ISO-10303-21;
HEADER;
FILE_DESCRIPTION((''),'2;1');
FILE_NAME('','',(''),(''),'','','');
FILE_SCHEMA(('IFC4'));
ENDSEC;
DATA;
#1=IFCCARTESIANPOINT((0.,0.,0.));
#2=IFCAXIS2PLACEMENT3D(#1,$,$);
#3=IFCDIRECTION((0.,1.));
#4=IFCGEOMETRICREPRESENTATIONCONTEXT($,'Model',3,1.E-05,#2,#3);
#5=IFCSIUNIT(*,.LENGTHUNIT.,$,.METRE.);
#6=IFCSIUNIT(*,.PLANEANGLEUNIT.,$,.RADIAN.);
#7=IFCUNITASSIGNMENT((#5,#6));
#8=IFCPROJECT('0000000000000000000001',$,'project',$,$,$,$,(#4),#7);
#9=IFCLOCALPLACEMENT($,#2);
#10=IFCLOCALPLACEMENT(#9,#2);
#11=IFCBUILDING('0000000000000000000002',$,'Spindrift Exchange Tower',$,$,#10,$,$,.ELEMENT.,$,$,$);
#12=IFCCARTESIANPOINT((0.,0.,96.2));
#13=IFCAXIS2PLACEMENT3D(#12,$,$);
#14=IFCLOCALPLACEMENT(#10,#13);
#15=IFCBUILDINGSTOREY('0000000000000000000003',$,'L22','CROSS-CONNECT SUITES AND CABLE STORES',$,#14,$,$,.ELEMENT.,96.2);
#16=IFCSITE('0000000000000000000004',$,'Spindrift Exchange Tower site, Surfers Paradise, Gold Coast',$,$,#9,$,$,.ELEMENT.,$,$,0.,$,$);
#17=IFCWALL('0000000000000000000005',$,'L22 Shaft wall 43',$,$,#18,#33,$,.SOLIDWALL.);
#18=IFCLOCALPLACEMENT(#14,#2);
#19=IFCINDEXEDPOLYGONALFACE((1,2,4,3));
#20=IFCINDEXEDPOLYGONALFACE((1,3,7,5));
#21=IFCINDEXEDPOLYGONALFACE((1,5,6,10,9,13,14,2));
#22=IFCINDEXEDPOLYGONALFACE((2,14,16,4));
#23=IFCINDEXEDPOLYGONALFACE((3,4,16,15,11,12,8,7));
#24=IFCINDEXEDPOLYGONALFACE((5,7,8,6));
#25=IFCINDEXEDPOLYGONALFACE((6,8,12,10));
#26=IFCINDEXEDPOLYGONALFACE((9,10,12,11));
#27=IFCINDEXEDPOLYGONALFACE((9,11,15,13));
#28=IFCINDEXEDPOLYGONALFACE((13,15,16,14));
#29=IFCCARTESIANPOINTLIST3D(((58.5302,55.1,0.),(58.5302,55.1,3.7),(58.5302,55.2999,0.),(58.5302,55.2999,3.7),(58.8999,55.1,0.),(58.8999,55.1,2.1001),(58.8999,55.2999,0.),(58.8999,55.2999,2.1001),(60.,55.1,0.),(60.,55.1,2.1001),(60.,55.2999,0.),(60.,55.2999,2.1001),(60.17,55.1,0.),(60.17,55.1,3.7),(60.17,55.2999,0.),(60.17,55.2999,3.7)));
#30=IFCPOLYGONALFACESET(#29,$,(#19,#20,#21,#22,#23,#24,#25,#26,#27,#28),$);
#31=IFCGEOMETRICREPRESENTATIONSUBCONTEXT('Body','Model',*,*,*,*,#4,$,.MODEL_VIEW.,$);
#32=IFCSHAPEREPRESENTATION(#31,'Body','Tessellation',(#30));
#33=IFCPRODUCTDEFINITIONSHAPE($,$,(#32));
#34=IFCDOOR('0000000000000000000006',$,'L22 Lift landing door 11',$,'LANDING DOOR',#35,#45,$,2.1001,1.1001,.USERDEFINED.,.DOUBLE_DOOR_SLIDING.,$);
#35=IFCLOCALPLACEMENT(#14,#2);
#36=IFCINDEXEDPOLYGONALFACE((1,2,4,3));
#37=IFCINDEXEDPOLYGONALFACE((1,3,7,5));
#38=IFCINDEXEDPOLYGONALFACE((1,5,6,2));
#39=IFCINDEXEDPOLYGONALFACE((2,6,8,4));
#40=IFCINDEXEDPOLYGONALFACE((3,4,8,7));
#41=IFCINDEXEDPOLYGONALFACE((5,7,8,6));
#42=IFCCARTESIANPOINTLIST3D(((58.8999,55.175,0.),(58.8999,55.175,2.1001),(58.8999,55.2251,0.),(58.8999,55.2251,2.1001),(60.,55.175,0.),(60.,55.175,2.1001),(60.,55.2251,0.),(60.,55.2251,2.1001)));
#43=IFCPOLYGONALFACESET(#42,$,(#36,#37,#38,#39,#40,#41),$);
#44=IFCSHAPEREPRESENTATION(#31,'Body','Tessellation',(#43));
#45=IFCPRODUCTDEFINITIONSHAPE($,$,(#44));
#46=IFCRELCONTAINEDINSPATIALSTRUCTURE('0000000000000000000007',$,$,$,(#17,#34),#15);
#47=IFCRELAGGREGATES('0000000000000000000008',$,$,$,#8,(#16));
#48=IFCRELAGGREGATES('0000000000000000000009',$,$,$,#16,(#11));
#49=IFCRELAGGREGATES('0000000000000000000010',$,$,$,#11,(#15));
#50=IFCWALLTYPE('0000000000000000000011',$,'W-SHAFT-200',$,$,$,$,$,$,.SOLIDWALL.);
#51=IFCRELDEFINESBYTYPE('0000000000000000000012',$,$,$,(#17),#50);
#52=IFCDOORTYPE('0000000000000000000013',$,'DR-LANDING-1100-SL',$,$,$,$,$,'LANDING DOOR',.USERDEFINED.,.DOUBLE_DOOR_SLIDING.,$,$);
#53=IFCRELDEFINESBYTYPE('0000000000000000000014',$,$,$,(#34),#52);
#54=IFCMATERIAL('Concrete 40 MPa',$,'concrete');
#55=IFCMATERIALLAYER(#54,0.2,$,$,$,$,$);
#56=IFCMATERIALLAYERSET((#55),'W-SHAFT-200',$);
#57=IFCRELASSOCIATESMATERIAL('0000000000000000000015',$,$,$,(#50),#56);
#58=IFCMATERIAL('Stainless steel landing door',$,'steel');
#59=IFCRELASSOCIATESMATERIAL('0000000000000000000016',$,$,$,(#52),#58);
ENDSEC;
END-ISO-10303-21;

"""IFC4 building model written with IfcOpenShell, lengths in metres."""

from ifc_helpers import new_model, si_unit, direction, frame, frame_2d, origin, place, context, subcontext, project, spatial, rectangle, extrude, source, transform, mapped, material, layer, layer_set, type_object, element, fill, save


model = new_model("IFC4")

# Units and contexts
model_context = context("Model", 3, precision=1e-05, world=origin(), true_north=direction((0.0, 1.0)))
body_context = subcontext(model_context, "Body", "Model", "MODEL_VIEW")
ifc_project = project(units=[si_unit("LENGTHUNIT", "METRE"), si_unit("PLANEANGLEUNIT", "RADIAN")], contexts=[model_context])

# Site, building, storey
site_placement = place(None, origin())
site = spatial("IfcSite", under=ifc_project, at=site_placement, Name="Spindrift Exchange Tower site, Surfers Paradise, Gold Coast", CompositionType="ELEMENT", RefElevation=0.0)
building_placement = place(site_placement, origin())
building = spatial("IfcBuilding", under=site, at=building_placement, Name="Spindrift Exchange Tower", CompositionType="ELEMENT")
storey_placement = place(building_placement, frame((0.0, 0.0, 96.2)))
storey = spatial("IfcBuildingStorey", under=building, at=storey_placement, Name="L22", Description="CROSS-CONNECT SUITES AND CABLE STORES", CompositionType="ELEMENT", Elevation=96.2)

# Shared definitions
ifc_material_1 = material(Name="Concrete 40 MPa", Category="concrete")
ifc_layer_1 = layer(ifc_material_1, 0.2)
ifc_layer_set_1 = layer_set([ifc_layer_1], Name="W-SHAFT-200")
wall_type_1 = type_object("IfcWallType", Name="W-SHAFT-200", PredefinedType="SOLIDWALL", material=ifc_layer_set_1)

# Wall, opening, door
wall_1_placement = place(storey_placement, frame((60.1699, 55.2, 0.0), z_axis=(0.0, 0.0, 1.0), x_axis=(-1.0, 0.0, 0.0)))
wall_1 = element("IfcWall", 1, at=wall_1_placement, inside=storey, type_object=wall_type_1, Name="L22 Shaft wall 43", PredefinedType="SOLIDWALL", context=body_context, shape_type="SweptSolid", body=[
    extrude(rectangle(XDim=1.6399, YDim=0.2, at=frame_2d((0.8198, 0.0))), origin(), (0.0, 0.0, 1.0), 3.7),
])
opening_1_placement = place(wall_1_placement, frame((0.1699, 0.0, 0.0)))
opening_1 = element("IfcOpeningElement", 2, at=opening_1_placement, cuts=wall_1, PredefinedType="OPENING", context=body_context, shape_type="SweptSolid", body=[
    extrude(rectangle(XDim=1.1001, YDim=2.1001, at=frame_2d((0.55, 1.05))), frame((0.0, 0.1099, 0.0), z_axis=(0.0, -1.0, 0.0), x_axis=(1.0, 0.0, 0.0)), (0.0, 0.0, 1.0), 0.22),
])
ifc_material_2 = material(Name="Stainless steel landing door", Category="steel")
door_type_1 = type_object("IfcDoorType", Name="DR-LANDING-1100-SL", ElementType="LANDING DOOR", OperationType="DOUBLE_DOOR_SLIDING", PredefinedType="USERDEFINED", material=ifc_material_2)
shared_shape_1 = source(origin(), body_context, "Body", "SweptSolid", [
    extrude(rectangle(XDim=1.1001, YDim=2.1001, at=frame_2d((0.55, 1.05))), frame((0.0, 0.0249, 0.0), z_axis=(0.0, -1.0, 0.0), x_axis=(1.0, 0.0, 0.0)), (0.0, 0.0, 1.0), 0.05),
])
door_1_placement = place(opening_1_placement, origin())
door_1 = element("IfcDoor", 3, at=door_1_placement, inside=storey, type_object=door_type_1, Name="L22 Lift landing door 11", ObjectType="LANDING DOOR", OperationType="DOUBLE_DOOR_SLIDING", OverallHeight=2.1001, OverallWidth=1.1001, PredefinedType="USERDEFINED", context=body_context, shape_type="MappedRepresentation", body=[
    mapped(shared_shape_1, transform((0.0, 0.0, 0.0), scale=1.0)),
])
fill(opening_1, door_1)

save(model, "model.ifc")
